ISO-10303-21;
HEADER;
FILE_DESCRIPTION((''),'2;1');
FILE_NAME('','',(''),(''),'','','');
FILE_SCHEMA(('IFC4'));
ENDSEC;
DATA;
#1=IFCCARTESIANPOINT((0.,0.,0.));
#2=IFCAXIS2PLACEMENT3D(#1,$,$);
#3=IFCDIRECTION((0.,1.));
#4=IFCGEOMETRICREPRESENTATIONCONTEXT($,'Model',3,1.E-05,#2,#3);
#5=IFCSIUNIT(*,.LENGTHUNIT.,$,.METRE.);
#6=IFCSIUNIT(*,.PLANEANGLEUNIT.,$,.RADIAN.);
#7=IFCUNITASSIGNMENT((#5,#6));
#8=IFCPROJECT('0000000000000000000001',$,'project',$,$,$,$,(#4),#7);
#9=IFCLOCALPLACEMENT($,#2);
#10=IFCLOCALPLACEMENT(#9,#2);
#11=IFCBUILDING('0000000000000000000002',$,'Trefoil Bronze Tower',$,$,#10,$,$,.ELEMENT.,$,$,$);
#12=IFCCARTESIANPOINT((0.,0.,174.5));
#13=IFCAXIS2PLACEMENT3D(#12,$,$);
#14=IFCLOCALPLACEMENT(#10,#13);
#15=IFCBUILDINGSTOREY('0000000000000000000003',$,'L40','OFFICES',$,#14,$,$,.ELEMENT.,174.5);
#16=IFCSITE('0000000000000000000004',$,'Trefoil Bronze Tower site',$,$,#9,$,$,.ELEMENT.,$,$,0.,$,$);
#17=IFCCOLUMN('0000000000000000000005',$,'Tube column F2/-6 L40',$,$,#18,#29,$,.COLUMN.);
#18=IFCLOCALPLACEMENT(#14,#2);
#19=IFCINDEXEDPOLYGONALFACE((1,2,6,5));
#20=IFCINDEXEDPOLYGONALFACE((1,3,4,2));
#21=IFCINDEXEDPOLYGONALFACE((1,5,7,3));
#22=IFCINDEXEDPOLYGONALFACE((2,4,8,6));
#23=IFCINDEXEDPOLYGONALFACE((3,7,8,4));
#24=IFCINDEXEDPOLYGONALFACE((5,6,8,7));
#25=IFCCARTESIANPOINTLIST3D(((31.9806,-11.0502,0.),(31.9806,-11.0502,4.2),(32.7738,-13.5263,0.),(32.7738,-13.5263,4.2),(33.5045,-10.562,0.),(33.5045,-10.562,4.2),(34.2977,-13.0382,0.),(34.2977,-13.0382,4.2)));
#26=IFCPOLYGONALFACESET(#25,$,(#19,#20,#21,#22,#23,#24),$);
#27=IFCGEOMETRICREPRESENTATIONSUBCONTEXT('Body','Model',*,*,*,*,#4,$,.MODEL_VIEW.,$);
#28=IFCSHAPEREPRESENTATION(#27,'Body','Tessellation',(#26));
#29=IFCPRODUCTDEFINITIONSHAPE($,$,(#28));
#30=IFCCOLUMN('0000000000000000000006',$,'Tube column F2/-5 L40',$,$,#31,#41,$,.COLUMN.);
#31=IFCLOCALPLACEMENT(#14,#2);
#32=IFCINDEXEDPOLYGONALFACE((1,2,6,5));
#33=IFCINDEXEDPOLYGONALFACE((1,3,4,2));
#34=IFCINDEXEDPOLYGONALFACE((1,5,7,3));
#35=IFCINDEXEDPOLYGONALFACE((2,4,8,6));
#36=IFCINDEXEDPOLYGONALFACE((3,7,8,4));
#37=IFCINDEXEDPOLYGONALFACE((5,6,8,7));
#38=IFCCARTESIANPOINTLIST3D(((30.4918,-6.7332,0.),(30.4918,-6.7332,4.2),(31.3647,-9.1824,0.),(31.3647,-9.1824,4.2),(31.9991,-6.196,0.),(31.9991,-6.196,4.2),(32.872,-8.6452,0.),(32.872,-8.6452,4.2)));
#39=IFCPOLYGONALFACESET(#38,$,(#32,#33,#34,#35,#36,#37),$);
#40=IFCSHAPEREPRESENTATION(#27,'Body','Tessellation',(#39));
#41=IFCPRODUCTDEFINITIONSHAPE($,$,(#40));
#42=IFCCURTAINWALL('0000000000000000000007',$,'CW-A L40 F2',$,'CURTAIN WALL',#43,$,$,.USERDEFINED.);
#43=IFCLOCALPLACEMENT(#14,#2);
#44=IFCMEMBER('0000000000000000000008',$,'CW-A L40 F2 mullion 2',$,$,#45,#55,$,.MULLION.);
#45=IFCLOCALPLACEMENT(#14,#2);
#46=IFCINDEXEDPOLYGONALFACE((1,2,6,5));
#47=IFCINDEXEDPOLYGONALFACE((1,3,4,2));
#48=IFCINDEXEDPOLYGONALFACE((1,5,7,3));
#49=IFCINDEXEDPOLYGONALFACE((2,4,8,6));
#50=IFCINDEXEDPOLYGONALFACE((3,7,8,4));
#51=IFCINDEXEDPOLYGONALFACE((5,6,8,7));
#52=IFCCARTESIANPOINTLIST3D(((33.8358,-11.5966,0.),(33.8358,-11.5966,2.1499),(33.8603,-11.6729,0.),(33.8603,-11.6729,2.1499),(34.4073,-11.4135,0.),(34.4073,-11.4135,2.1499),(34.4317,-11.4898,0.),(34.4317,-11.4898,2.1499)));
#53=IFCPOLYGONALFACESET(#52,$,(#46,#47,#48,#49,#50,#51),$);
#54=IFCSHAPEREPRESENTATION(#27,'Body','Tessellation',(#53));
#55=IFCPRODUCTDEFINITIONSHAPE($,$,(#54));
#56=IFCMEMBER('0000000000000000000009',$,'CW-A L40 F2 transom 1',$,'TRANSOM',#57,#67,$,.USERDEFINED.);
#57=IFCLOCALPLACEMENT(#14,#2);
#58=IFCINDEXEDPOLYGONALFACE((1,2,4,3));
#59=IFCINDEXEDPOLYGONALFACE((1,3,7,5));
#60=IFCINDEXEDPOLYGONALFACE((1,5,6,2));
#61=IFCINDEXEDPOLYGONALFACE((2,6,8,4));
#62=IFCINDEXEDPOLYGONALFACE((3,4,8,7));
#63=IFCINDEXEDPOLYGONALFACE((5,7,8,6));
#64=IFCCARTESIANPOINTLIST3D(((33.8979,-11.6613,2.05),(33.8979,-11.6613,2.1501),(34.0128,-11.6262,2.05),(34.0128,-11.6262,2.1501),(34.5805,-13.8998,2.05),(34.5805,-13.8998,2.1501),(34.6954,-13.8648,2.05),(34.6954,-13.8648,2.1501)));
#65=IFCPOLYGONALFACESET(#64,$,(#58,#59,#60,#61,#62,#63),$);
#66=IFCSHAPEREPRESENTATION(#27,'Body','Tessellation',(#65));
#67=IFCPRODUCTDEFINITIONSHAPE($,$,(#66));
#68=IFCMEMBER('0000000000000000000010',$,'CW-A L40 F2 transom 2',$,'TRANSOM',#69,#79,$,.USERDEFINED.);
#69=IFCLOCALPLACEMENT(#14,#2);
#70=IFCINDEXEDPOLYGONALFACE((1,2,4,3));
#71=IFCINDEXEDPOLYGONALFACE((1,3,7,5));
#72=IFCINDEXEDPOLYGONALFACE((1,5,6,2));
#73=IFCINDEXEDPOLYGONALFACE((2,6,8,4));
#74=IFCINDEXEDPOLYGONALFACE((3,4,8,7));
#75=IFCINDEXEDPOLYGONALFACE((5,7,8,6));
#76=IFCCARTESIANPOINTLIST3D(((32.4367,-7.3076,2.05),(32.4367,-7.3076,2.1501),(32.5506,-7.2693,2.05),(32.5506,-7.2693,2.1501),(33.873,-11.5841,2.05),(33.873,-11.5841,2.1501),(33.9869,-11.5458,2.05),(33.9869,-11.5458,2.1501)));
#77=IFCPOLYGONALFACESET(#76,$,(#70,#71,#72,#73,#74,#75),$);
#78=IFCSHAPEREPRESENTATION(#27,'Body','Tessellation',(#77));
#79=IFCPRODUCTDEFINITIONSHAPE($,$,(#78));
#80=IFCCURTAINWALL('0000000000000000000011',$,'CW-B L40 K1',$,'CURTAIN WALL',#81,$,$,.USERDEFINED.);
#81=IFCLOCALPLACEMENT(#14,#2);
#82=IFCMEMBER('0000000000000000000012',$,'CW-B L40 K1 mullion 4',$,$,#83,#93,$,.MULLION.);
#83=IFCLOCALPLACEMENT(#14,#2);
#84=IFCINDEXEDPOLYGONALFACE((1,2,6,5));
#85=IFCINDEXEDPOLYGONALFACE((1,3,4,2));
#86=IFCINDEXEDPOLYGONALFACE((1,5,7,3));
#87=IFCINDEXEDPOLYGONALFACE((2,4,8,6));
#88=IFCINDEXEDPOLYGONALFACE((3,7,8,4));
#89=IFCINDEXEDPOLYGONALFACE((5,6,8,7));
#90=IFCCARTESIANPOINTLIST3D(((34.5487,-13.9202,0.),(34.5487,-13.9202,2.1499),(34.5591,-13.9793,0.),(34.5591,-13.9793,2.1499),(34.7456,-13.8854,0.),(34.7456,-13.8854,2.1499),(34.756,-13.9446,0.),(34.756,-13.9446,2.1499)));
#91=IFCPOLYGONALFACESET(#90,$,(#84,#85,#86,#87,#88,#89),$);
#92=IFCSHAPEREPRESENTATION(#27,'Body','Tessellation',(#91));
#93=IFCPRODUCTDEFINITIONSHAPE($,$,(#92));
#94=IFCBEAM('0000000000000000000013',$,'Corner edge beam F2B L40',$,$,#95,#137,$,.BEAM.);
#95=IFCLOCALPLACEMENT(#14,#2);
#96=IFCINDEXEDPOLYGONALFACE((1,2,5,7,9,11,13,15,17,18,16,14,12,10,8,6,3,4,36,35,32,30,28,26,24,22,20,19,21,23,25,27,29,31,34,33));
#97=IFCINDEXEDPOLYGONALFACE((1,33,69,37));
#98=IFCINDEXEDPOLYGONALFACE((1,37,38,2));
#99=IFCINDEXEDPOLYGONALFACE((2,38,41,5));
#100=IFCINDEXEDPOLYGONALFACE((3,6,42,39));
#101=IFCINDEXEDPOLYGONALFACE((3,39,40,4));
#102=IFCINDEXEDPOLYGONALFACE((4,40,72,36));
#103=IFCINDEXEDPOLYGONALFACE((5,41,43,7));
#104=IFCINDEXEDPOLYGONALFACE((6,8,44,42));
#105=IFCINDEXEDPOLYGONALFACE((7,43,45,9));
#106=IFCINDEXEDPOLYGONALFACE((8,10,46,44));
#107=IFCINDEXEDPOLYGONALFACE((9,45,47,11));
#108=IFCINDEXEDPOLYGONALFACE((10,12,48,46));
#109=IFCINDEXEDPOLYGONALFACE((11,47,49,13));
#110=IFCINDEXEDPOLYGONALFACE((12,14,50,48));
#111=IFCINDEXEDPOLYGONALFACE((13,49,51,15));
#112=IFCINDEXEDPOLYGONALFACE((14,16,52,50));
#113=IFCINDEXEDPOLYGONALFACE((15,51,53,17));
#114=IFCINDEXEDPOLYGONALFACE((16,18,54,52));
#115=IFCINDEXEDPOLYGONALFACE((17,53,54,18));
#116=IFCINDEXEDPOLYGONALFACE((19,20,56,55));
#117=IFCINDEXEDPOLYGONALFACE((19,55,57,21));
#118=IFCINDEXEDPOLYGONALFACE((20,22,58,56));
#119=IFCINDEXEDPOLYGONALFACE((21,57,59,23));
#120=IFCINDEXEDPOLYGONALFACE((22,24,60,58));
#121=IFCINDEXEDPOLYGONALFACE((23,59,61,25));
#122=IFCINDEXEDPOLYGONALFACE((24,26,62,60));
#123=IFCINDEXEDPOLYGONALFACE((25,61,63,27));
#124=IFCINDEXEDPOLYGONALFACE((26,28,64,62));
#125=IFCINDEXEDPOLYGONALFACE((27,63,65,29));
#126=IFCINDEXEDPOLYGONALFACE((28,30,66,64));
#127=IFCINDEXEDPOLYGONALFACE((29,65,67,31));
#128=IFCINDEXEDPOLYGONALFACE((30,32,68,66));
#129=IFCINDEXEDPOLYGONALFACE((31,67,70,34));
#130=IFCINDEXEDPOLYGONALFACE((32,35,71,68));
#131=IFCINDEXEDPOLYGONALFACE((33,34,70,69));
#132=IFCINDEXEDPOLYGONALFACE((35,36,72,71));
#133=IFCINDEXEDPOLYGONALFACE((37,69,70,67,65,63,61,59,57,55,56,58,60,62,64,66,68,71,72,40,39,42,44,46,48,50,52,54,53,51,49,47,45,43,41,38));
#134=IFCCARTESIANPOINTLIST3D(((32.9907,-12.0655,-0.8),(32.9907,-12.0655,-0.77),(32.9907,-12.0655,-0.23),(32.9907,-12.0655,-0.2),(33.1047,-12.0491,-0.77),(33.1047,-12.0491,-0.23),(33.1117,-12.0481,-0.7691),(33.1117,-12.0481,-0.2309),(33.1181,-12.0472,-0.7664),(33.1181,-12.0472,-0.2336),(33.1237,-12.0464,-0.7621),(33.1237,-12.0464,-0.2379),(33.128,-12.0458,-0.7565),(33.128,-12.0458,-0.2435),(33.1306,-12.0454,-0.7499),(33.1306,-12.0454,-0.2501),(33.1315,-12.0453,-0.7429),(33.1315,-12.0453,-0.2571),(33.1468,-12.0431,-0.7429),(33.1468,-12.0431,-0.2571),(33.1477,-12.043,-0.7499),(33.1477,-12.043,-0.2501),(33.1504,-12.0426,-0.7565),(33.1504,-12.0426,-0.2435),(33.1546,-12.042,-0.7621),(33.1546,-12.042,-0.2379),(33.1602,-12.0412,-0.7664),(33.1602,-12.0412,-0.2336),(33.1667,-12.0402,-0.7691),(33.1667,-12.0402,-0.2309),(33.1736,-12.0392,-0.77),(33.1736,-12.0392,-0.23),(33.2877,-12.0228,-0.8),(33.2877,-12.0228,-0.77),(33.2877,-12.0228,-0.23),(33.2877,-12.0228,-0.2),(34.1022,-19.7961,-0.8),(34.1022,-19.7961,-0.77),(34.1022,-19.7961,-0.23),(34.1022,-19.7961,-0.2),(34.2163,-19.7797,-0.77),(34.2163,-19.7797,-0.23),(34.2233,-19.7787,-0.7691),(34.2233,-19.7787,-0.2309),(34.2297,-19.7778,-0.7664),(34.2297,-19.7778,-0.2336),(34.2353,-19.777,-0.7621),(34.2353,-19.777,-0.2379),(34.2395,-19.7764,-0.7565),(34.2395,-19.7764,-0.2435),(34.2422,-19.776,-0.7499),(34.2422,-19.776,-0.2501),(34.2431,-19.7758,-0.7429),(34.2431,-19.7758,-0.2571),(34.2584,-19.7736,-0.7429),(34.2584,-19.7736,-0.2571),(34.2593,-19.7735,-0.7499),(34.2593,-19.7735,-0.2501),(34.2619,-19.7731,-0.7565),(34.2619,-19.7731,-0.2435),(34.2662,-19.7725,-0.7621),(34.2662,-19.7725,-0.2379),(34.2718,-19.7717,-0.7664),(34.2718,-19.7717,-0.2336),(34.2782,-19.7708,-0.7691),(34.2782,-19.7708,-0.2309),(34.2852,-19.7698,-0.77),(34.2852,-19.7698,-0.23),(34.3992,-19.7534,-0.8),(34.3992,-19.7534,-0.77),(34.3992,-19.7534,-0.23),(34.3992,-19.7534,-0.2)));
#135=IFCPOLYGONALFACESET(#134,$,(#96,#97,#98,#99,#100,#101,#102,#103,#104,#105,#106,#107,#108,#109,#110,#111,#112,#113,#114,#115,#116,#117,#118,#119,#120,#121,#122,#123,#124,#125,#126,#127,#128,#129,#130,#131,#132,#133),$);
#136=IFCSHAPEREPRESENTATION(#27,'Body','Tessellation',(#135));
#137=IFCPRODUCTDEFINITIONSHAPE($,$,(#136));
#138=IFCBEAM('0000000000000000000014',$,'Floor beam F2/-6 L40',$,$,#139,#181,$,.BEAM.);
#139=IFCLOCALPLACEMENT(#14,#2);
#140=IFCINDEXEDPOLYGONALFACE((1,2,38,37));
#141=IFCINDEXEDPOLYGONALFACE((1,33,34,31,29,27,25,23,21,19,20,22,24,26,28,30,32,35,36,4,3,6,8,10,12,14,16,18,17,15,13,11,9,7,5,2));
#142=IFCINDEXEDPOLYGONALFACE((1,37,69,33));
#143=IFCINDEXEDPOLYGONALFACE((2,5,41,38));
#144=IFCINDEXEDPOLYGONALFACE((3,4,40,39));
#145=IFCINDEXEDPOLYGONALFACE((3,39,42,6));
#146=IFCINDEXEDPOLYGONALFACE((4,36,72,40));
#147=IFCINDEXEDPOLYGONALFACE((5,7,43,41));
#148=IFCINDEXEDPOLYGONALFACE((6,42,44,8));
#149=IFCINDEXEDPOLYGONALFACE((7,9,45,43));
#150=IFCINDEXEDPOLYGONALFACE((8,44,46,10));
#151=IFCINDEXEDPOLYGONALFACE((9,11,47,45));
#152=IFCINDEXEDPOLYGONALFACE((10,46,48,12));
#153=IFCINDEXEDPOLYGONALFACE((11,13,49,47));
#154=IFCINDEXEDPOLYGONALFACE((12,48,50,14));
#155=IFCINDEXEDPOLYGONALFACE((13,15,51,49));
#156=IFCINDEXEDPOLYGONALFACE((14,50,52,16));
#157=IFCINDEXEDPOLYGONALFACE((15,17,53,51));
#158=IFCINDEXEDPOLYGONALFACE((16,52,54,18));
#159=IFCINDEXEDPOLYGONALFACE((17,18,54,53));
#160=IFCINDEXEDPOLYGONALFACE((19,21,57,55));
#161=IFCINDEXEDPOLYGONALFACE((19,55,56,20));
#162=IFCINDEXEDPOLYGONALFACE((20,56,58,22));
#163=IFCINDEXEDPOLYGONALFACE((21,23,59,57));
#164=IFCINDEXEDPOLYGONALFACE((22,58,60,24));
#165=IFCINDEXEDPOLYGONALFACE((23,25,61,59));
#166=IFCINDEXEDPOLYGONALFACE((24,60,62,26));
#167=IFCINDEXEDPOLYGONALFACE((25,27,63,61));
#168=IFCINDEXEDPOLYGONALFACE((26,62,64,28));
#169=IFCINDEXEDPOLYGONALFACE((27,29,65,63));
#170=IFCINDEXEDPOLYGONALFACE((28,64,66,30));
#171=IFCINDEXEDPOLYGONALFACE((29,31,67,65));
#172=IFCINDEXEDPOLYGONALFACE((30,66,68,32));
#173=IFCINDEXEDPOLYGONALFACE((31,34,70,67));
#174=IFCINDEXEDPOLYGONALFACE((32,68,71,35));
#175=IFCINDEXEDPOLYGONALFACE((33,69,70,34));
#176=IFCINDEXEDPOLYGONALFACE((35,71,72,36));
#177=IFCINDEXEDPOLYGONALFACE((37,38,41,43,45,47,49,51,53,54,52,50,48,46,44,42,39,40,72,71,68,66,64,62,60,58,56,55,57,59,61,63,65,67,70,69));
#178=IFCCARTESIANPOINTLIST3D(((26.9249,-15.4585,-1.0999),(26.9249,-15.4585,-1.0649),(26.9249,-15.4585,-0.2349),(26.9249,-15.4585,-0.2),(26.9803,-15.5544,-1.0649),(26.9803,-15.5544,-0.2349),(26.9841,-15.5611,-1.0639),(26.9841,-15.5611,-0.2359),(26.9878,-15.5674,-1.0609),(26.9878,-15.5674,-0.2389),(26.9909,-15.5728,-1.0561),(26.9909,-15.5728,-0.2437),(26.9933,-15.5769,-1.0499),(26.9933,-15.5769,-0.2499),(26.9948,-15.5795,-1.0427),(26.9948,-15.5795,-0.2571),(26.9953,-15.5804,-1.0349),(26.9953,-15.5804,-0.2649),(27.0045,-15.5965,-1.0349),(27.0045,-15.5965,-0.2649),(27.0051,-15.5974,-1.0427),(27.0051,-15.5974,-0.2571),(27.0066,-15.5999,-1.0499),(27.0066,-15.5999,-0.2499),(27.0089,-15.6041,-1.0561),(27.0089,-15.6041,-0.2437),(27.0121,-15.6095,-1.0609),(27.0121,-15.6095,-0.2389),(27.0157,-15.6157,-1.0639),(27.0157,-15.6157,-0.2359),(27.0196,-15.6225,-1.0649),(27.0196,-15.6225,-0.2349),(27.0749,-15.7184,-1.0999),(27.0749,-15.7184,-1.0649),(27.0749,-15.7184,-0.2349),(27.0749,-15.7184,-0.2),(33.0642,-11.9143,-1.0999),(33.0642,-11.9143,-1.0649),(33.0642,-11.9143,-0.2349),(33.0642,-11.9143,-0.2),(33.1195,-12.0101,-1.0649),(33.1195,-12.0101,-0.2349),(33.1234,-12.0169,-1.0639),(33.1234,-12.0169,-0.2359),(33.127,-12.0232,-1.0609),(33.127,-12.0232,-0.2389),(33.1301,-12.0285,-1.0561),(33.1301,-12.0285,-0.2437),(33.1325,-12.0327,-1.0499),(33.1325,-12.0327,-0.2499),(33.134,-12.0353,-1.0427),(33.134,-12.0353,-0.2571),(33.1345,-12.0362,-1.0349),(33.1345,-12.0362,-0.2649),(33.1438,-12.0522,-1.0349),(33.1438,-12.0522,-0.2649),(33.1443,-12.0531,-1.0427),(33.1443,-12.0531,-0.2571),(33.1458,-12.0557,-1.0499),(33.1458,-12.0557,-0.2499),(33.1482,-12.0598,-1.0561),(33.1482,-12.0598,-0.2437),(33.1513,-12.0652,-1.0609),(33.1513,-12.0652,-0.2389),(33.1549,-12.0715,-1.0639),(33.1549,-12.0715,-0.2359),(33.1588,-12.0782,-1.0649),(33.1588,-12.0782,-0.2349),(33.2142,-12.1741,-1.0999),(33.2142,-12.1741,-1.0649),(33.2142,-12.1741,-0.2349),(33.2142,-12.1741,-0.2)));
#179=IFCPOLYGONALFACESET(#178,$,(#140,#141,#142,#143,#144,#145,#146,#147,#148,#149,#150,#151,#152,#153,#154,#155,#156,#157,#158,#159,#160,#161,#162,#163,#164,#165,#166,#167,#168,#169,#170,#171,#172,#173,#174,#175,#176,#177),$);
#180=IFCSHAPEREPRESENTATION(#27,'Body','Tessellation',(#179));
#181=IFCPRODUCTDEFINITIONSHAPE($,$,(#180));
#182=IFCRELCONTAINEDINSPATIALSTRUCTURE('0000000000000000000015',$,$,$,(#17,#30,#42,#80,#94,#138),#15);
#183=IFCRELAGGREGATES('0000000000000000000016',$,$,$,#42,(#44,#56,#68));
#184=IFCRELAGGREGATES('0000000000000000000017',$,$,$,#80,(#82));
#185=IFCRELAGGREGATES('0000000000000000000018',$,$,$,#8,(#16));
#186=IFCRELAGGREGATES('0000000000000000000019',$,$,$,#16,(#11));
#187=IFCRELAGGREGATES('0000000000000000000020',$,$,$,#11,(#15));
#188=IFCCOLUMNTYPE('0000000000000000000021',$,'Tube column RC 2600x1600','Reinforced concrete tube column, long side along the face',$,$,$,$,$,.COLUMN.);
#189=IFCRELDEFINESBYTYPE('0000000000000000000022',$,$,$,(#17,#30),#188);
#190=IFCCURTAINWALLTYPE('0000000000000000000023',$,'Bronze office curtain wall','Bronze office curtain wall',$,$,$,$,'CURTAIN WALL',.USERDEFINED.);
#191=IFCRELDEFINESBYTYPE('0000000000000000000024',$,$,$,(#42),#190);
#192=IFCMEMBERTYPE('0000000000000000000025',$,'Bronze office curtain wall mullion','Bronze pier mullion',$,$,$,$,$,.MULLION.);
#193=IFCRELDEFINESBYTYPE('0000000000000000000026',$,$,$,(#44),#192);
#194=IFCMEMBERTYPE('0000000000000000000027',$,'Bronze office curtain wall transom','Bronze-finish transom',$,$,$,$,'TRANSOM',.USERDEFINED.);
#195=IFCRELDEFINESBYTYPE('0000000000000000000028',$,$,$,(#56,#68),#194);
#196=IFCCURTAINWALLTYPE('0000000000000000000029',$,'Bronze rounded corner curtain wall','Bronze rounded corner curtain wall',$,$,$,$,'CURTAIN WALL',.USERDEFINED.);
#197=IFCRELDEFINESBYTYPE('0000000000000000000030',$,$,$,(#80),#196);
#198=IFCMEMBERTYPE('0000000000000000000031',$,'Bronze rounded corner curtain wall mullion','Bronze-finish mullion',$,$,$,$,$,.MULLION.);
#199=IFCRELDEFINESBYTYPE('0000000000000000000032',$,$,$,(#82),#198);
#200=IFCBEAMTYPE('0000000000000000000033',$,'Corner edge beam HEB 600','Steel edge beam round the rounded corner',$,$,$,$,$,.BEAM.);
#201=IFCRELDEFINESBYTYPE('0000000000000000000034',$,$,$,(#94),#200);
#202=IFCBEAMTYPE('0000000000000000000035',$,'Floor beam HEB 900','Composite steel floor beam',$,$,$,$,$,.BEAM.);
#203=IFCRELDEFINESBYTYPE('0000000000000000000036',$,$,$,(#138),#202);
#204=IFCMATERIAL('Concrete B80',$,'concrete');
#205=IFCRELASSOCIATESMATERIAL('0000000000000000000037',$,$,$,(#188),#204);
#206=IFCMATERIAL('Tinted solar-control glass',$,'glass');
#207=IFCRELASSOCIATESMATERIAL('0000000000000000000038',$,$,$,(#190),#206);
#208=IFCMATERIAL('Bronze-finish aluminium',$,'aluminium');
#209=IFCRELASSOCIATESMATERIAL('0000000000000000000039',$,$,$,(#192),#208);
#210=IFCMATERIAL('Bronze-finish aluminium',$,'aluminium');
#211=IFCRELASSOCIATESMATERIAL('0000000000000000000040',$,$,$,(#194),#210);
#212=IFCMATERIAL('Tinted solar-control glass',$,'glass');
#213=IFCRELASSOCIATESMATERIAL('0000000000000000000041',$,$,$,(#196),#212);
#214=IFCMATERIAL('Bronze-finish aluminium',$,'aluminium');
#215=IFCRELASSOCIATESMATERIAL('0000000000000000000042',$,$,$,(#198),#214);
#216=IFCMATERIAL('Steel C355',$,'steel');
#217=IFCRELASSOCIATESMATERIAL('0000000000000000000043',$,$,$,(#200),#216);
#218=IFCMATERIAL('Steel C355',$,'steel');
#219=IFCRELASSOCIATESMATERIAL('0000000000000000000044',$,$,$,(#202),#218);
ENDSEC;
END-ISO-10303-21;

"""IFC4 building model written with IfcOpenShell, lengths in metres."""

from ifc_helpers import new_model, si_unit, direction, frame, origin, origin_2d, place, context, subcontext, project, spatial, rectangle, i_section, extrude, material, material_profile, profile_set, type_object, element, aggregate, save


model = new_model("IFC4")

# Units and contexts
model_context = context("Model", 3, precision=1e-05, world=origin(), true_north=direction((0.0, 1.0)))
body_context = subcontext(model_context, "Body", "Model", "MODEL_VIEW")
ifc_project = project(units=[si_unit("LENGTHUNIT", "METRE"), si_unit("PLANEANGLEUNIT", "RADIAN")], contexts=[model_context])

# Site, building, storey
site_placement = place(None, origin())
site = spatial("IfcSite", under=ifc_project, at=site_placement, Name="Trefoil Bronze Tower site", CompositionType="ELEMENT", RefElevation=0.0)
building_placement = place(site_placement, origin())
building = spatial("IfcBuilding", under=site, at=building_placement, Name="Trefoil Bronze Tower", CompositionType="ELEMENT")
storey_placement = place(building_placement, frame((0.0, 0.0, 174.5)))
storey = spatial("IfcBuildingStorey", under=building, at=storey_placement, Name="L40", Description="OFFICES", CompositionType="ELEMENT", Elevation=174.5)

# Columns
ifc_material_1 = material(Name="Concrete B80", Category="concrete")
ifc_material_profile_1 = material_profile(ifc_material_1, rectangle(XDim=2.6001, YDim=1.6001, at=origin_2d()), Name="RC 2600x1600")
ifc_profile_set_1 = profile_set([ifc_material_profile_1], Name="Concrete B80")
column_type = type_object("IfcColumnType", Name="Tube column RC 2600x1600", Description="Reinforced concrete tube column, long side along the face", PredefinedType="COLUMN", material=ifc_profile_set_1)
for number, where, z_axis, x_axis, name in (
    (1, (33.1392, -12.0442, 0.0), (0.0, 0.0, 1.0), (-0.305066, 0.952331, 0.0), "Tube column F2/-6 L40"),
    (2, (31.6819, -7.6892, 0.0), (0.0, 0.0, 1.0), (-0.335718, 0.941963, 0.0), "Tube column F2/-5 L40"),
):
    element("IfcColumn", number, at=place(storey_placement, frame(where, z_axis=z_axis, x_axis=x_axis)), inside=storey, type_object=column_type, Name=name, PredefinedType="COLUMN", context=body_context, shape_type="SweptSolid", body=[
        extrude(rectangle(XDim=2.6001, YDim=1.6001, at=origin_2d()), origin(), (0.0, 0.0, 1.0), 4.2),
    ])

# Curtain wall, members
ifc_material_2 = material(Name="Tinted solar-control glass", Category="glass")
curtain_wall_type_1 = type_object("IfcCurtainWallType", Name="Bronze office curtain wall", Description="Bronze office curtain wall", ElementType="CURTAIN WALL", PredefinedType="USERDEFINED", material=ifc_material_2)
curtain_wall_1_placement = place(storey_placement, origin())
curtain_wall_1 = element("IfcCurtainWall", 3, at=curtain_wall_1_placement, inside=storey, type_object=curtain_wall_type_1, Name="CW-A L40 F2", ObjectType="CURTAIN WALL", PredefinedType="USERDEFINED")
ifc_material_3 = material(Name="Bronze-finish aluminium", Category="aluminium")
ifc_material_profile_2 = material_profile(ifc_material_3, rectangle(XDim=0.6001, YDim=0.0801, at=origin_2d()), Name="CW-A mullion")
ifc_profile_set_2 = profile_set([ifc_material_profile_2], Name="Bronze-finish aluminium")
member_type_1 = type_object("IfcMemberType", Name="Bronze office curtain wall mullion", Description="Bronze pier mullion", PredefinedType="MULLION", material=ifc_profile_set_2)
member_1_placement = place(storey_placement, frame((34.1338, -11.5432, 0.0), z_axis=(0.0, 0.0, 1.0), x_axis=(-0.952331, -0.305066, 0.0)))
member_1 = element("IfcMember", 4, at=member_1_placement, type_object=member_type_1, Name="CW-A L40 F2 mullion 2", PredefinedType="MULLION", context=body_context, shape_type="SweptSolid", body=[
    extrude(rectangle(XDim=0.6001, YDim=0.0801, at=origin_2d()), origin(), (0.0, 0.0, 1.0), 2.1499),
])
ifc_material_4 = material(Name="Bronze-finish aluminium", Category="aluminium")
ifc_material_profile_3 = material_profile(ifc_material_4, rectangle(XDim=0.1201, YDim=0.1001, at=origin_2d()), Name="CW-A transom")
ifc_profile_set_3 = profile_set([ifc_material_profile_3], Name="Bronze-finish aluminium")
member_type_2 = type_object("IfcMemberType", Name="Bronze office curtain wall transom", Description="Bronze-finish transom", ElementType="TRANSOM", PredefinedType="USERDEFINED", material=ifc_profile_set_3)
member_2_placement = place(storey_placement, frame((34.6379, -13.8823, 2.1001), z_axis=(-0.29168, 0.956516, 0.0), x_axis=(-0.956516, -0.29168, 0.0)))
member_2 = element("IfcMember", 5, at=member_2_placement, type_object=member_type_2, Name="CW-A L40 F2 transom 1", ObjectType="TRANSOM", PredefinedType="USERDEFINED", context=body_context, shape_type="SweptSolid", body=[
    extrude(rectangle(XDim=0.1201, YDim=0.1001, at=origin_2d()), origin(), (0.0, 0.0, 1.0), 2.3403),
])
member_3_placement = place(storey_placement, frame((33.9299, -11.5649, 2.1001), z_axis=(-0.318386, 0.947961, 0.0), x_axis=(-0.947961, -0.318386, 0.0)))
member_3 = element("IfcMember", 6, at=member_3_placement, type_object=member_type_2, Name="CW-A L40 F2 transom 2", ObjectType="TRANSOM", PredefinedType="USERDEFINED", context=body_context, shape_type="SweptSolid", body=[
    extrude(rectangle(XDim=0.1201, YDim=0.1001, at=origin_2d()), origin(), (0.0, 0.0, 1.0), 4.5112),
])

# Curtain wall, member
ifc_material_5 = material(Name="Tinted solar-control glass", Category="glass")
curtain_wall_type_2 = type_object("IfcCurtainWallType", Name="Bronze rounded corner curtain wall", Description="Bronze rounded corner curtain wall", ElementType="CURTAIN WALL", PredefinedType="USERDEFINED", material=ifc_material_5)
curtain_wall_2_placement = place(storey_placement, origin())
curtain_wall_2 = element("IfcCurtainWall", 7, at=curtain_wall_2_placement, inside=storey, type_object=curtain_wall_type_2, Name="CW-B L40 K1", ObjectType="CURTAIN WALL", PredefinedType="USERDEFINED")
ifc_material_6 = material(Name="Bronze-finish aluminium", Category="aluminium")
ifc_material_profile_4 = material_profile(ifc_material_6, rectangle(XDim=0.2, YDim=0.0601, at=origin_2d()), Name="CW-B mullion")
ifc_profile_set_4 = profile_set([ifc_material_profile_4], Name="Bronze-finish aluminium")
member_type_3 = type_object("IfcMemberType", Name="Bronze rounded corner curtain wall mullion", Description="Bronze-finish mullion", PredefinedType="MULLION", material=ifc_profile_set_4)
member_4_placement = place(storey_placement, frame((34.6523, -13.9324, 0.0), z_axis=(0.0, 0.0, 1.0), x_axis=(-0.984808, -0.173648, 0.0)))
member_4 = element("IfcMember", 8, at=member_4_placement, type_object=member_type_3, Name="CW-B L40 K1 mullion 4", PredefinedType="MULLION", context=body_context, shape_type="SweptSolid", body=[
    extrude(rectangle(XDim=0.2, YDim=0.0601, at=origin_2d()), origin(), (0.0, 0.0, 1.0), 2.1499),
])

# Beams
ifc_material_7 = material(Name="Steel C355", Category="steel")
ifc_material_profile_5 = material_profile(ifc_material_7, i_section(OverallWidth=0.3, OverallDepth=0.6001, WebThickness=0.0154, FlangeThickness=0.03, FilletRadius=0.0271, at=origin_2d()), Name="HEB 600")
ifc_profile_set_5 = profile_set([ifc_material_profile_5], Name="Steel C355")
beam_type_1 = type_object("IfcBeamType", Name="Corner edge beam HEB 600", Description="Steel edge beam round the rounded corner", PredefinedType="BEAM", material=ifc_profile_set_5)
beam_1_placement = place(storey_placement, frame((33.1392, -12.0442, -0.5), z_axis=(0.142327, -0.98982, 0.0), x_axis=(0.98982, 0.142327, 0.0)))
element("IfcBeam", 9, at=beam_1_placement, inside=storey, type_object=beam_type_1, Name="Corner edge beam F2B L40", PredefinedType="BEAM", context=body_context, shape_type="SweptSolid", body=[
    extrude(i_section(OverallWidth=0.3, OverallDepth=0.6001, WebThickness=0.0154, FlangeThickness=0.03, FilletRadius=0.0271, at=origin_2d()), origin(), (0.0, 0.0, 1.0), 7.8101),
])
ifc_material_8 = material(Name="Steel C355", Category="steel")
ifc_material_profile_6 = material_profile(ifc_material_8, i_section(OverallWidth=0.3, OverallDepth=0.8999, WebThickness=0.0186, FlangeThickness=0.0349, FilletRadius=0.03, at=origin_2d()), Name="HEB 900")
ifc_profile_set_6 = profile_set([ifc_material_profile_6], Name="Steel C355")
beam_type_2 = type_object("IfcBeamType", Name="Floor beam HEB 900", Description="Composite steel floor beam", PredefinedType="BEAM", material=ifc_profile_set_6)
beam_2_placement = place(storey_placement, frame((33.1392, -12.0442, -0.6499), z_axis=(-0.866041, -0.499973, 0.0), x_axis=(0.499973, -0.866041, 0.0)))
element("IfcBeam", 10, at=beam_2_placement, inside=storey, type_object=beam_type_2, Name="Floor beam F2/-6 L40", PredefinedType="BEAM", context=body_context, shape_type="SweptSolid", body=[
    extrude(i_section(OverallWidth=0.3, OverallDepth=0.8999, WebThickness=0.0186, FlangeThickness=0.0349, FilletRadius=0.03, at=origin_2d()), origin(), (0.0, 0.0, 1.0), 7.0889),
])

aggregate(curtain_wall_1, [member_1, member_2, member_3])
aggregate(curtain_wall_2, [member_4])

save(model, "model.ifc")
